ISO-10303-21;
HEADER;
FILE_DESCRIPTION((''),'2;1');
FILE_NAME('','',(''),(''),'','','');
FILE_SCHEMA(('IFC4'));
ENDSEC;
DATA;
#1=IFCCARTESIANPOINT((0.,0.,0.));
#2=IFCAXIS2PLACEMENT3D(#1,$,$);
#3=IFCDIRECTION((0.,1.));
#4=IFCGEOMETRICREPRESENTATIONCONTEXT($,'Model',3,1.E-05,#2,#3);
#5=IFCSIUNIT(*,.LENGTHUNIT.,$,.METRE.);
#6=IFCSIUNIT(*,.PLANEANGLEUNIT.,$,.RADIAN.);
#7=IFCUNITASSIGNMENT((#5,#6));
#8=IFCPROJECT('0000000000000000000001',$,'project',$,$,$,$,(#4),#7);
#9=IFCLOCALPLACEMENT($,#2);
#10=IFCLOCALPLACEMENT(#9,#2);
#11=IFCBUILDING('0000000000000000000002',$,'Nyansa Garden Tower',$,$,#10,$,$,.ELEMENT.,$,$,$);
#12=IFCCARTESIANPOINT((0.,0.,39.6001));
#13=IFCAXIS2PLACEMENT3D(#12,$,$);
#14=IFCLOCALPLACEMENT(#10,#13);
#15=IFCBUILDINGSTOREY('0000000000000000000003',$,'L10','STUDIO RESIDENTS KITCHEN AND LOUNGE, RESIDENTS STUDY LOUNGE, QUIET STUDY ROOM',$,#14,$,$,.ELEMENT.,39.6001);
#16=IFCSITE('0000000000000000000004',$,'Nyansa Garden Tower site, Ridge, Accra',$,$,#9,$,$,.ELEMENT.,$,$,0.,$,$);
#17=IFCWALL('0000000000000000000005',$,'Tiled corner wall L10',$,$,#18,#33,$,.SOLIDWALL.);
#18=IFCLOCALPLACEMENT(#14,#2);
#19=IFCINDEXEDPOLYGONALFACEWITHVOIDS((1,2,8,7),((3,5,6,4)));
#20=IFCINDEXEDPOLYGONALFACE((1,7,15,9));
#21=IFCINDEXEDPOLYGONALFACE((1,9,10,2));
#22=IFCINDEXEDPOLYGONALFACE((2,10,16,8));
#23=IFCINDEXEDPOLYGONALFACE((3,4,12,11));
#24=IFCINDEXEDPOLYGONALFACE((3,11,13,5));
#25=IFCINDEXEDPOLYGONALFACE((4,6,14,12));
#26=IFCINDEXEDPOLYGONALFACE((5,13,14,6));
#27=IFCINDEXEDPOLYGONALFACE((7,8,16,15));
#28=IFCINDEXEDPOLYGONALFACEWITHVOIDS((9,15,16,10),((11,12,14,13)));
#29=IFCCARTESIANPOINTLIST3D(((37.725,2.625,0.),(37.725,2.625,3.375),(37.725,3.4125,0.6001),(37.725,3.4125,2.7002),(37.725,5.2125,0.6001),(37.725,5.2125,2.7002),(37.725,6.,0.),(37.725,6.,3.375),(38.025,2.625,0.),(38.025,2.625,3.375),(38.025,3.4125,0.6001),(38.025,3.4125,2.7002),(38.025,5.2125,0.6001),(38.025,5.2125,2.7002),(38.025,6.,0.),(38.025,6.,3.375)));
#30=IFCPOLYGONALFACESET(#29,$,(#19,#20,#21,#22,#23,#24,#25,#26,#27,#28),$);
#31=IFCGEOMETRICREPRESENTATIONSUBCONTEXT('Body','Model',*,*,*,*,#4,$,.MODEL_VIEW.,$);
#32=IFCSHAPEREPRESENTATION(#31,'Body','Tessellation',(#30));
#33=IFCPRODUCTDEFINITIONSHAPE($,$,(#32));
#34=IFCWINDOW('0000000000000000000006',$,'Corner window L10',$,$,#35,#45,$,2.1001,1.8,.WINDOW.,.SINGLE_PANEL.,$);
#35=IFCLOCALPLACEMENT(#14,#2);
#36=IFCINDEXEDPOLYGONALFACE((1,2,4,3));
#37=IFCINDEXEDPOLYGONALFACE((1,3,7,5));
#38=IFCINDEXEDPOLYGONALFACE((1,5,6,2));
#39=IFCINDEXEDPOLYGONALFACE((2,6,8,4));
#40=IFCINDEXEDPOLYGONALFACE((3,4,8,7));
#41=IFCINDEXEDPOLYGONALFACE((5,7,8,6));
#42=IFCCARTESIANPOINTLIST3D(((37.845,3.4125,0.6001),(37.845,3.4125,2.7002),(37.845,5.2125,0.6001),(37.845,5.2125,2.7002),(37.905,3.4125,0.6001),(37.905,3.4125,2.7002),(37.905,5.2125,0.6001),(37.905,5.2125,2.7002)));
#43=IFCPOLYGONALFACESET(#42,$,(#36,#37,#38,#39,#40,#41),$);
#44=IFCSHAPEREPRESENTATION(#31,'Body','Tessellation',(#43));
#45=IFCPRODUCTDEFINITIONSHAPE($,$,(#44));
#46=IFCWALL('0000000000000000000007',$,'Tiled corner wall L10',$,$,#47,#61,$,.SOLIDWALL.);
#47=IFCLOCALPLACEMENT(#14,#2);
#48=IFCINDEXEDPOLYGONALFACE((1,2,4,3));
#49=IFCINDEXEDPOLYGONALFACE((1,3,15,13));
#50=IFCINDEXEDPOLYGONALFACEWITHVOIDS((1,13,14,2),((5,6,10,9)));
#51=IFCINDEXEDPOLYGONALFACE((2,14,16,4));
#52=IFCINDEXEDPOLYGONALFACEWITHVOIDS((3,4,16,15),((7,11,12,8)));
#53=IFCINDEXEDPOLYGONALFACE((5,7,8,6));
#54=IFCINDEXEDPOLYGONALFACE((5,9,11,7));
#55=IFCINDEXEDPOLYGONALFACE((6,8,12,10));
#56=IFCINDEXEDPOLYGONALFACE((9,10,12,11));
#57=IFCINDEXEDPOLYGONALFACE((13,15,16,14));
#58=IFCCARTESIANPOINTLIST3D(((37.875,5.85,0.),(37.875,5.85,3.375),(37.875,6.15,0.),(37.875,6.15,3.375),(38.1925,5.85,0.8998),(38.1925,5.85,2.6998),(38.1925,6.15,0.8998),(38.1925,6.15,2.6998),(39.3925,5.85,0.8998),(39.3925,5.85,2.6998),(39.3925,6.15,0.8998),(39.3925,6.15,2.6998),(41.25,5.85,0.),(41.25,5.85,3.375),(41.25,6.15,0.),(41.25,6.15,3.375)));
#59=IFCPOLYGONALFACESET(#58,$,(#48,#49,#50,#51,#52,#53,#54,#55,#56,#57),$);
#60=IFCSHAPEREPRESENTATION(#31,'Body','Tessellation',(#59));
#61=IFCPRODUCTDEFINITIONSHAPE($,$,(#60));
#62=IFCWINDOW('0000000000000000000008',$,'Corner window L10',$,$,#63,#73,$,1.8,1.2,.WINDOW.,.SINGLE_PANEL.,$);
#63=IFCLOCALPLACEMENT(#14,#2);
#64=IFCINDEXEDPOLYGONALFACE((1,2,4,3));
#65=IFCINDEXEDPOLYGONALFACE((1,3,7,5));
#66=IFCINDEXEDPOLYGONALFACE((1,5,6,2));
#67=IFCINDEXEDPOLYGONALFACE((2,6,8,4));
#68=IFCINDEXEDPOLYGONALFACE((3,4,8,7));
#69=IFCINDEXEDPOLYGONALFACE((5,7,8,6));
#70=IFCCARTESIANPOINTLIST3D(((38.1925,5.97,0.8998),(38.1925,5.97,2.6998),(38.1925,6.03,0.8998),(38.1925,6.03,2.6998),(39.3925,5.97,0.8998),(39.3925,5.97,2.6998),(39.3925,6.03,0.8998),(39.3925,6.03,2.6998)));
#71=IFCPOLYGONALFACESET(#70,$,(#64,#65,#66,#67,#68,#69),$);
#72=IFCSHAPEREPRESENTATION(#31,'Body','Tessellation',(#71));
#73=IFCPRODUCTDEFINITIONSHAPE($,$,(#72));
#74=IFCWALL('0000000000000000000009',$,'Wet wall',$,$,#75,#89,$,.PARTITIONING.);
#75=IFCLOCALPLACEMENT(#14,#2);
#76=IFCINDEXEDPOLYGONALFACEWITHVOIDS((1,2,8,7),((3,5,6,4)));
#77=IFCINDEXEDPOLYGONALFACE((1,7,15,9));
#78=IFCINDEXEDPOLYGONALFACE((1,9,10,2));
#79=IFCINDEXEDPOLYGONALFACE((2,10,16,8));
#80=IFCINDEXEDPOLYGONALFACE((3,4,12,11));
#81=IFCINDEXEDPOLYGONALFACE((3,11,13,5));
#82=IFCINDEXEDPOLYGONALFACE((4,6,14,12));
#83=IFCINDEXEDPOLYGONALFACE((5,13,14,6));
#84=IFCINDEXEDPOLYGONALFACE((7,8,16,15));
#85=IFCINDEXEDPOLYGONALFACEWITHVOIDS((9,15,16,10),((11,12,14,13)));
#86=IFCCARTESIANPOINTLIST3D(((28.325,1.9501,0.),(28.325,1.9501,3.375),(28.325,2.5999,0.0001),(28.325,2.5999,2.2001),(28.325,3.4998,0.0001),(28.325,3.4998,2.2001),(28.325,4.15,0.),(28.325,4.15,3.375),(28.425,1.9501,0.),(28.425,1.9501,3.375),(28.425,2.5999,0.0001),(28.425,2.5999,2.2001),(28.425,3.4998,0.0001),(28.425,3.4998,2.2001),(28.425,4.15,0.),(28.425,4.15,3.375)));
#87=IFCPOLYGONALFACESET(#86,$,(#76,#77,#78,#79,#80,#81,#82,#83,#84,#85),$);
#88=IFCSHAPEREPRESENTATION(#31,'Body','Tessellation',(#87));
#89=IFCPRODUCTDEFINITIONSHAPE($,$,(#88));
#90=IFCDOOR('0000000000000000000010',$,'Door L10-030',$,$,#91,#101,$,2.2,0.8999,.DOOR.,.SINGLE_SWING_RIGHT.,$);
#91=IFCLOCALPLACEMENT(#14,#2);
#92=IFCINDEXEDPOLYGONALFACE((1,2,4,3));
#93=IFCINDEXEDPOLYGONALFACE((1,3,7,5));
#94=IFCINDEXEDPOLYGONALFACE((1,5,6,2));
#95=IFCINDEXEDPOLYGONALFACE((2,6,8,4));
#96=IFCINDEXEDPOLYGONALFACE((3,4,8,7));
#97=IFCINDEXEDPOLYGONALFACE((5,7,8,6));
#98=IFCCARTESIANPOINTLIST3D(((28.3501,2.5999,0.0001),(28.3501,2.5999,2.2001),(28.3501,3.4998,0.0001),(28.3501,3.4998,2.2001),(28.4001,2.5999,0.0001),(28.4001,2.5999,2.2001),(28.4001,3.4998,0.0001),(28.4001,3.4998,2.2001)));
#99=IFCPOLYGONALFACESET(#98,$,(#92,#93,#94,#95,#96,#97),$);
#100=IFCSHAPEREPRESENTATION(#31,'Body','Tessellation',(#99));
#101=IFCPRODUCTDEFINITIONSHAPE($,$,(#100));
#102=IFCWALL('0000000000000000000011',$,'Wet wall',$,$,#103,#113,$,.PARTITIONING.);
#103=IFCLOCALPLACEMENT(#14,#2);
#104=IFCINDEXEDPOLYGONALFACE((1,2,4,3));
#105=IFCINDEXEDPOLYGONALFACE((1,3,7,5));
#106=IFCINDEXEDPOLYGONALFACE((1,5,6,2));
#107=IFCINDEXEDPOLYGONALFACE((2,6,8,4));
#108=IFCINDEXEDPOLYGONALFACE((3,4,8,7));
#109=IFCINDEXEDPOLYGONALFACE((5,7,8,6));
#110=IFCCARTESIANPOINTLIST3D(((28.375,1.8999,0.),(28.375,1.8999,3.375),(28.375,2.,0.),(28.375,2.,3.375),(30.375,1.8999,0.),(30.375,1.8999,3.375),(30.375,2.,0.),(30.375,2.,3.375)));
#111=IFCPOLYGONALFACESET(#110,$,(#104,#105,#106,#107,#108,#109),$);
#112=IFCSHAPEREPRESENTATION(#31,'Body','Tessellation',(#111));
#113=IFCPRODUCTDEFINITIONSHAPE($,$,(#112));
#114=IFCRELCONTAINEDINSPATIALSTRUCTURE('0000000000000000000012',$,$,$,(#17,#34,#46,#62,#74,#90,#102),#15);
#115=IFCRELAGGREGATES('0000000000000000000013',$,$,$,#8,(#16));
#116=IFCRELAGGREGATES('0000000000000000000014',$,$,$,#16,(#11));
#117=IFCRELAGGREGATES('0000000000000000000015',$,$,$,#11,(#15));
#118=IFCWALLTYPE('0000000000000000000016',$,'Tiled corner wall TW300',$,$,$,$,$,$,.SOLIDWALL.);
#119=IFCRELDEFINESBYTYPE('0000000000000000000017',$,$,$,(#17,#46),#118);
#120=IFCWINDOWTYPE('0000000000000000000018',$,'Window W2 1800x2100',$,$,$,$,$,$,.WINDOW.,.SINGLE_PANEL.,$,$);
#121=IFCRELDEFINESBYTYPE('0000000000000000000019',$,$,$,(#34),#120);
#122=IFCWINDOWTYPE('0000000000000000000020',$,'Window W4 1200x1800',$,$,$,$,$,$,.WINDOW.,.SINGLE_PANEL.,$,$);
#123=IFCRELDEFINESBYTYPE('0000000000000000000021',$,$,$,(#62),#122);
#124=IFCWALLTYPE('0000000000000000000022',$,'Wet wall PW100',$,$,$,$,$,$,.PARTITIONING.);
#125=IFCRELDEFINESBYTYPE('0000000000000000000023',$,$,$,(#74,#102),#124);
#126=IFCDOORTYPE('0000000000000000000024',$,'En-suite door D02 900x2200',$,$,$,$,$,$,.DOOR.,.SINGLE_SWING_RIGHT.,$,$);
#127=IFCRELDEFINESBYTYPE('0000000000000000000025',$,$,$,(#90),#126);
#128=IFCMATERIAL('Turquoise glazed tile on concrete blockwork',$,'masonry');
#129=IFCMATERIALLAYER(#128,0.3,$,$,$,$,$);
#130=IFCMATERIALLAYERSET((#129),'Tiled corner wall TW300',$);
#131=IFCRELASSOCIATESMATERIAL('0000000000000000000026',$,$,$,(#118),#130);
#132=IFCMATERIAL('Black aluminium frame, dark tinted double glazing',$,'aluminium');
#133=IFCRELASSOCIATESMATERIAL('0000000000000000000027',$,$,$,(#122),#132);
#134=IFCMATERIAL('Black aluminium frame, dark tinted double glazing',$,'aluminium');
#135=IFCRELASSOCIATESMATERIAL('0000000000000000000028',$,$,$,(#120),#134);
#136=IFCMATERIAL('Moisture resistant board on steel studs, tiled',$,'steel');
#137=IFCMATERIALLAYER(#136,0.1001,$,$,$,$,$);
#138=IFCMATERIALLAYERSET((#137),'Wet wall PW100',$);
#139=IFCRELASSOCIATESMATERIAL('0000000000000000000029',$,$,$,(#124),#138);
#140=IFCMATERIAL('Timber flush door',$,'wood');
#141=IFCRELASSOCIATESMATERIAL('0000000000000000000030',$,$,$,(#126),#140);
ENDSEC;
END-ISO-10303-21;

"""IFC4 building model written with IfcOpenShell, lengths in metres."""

from ifc_helpers import new_model, si_unit, direction, frame, frame_2d, origin, place, context, subcontext, project, spatial, rectangle, extrude, material, layer, layer_set, type_object, element, fill, save


model = new_model("IFC4")

# Units and contexts
model_context = context("Model", 3, precision=1e-05, world=origin(), true_north=direction((0.0, 1.0)))
body_context = subcontext(model_context, "Body", "Model", "MODEL_VIEW")
ifc_project = project(units=[si_unit("LENGTHUNIT", "METRE"), si_unit("PLANEANGLEUNIT", "RADIAN")], contexts=[model_context])

# Site, building, storey
site_placement = place(None, origin())
site = spatial("IfcSite", under=ifc_project, at=site_placement, Name="Nyansa Garden Tower site, Ridge, Accra", CompositionType="ELEMENT", RefElevation=0.0)
building_placement = place(site_placement, origin())
building = spatial("IfcBuilding", under=site, at=building_placement, Name="Nyansa Garden Tower", CompositionType="ELEMENT")
storey_placement = place(building_placement, frame((0.0, 0.0, 39.6001)))
storey = spatial("IfcBuildingStorey", under=building, at=storey_placement, Name="L10", Description="STUDIO RESIDENTS KITCHEN AND LOUNGE, RESIDENTS STUDY LOUNGE, QUIET STUDY ROOM", CompositionType="ELEMENT", Elevation=39.6001)

# Walls, openings, windows
ifc_material_1 = material(Name="Turquoise glazed tile on concrete blockwork", Category="masonry")
ifc_layer_1 = layer(ifc_material_1, 0.3)
ifc_layer_set_1 = layer_set([ifc_layer_1], Name="Tiled corner wall TW300")
wall_type_1 = type_object("IfcWallType", Name="Tiled corner wall TW300", PredefinedType="SOLIDWALL", material=ifc_layer_set_1)
ifc_material_2 = material(Name="Black aluminium frame, dark tinted double glazing", Category="aluminium")
window_type_1 = type_object("IfcWindowType", Name="Window W4 1200x1800", PartitioningType="SINGLE_PANEL", PredefinedType="WINDOW", material=ifc_material_2)
ifc_material_3 = material(Name="Black aluminium frame, dark tinted double glazing", Category="aluminium")
window_type_2 = type_object("IfcWindowType", Name="Window W2 1800x2100", PartitioningType="SINGLE_PANEL", PredefinedType="WINDOW", material=ifc_material_3)
wall_1_placement = place(storey_placement, frame((37.875, 2.625, 0.0), z_axis=(0.0, 0.0, 1.0), x_axis=(0.0, 1.0, 0.0)))
wall_1 = element("IfcWall", 1, at=wall_1_placement, inside=storey, type_object=wall_type_1, Name="Tiled corner wall L10", PredefinedType="SOLIDWALL", context=body_context, shape_type="SweptSolid", body=[
    extrude(rectangle(XDim=3.375, YDim=0.3, at=frame_2d((1.6875, 0.0))), origin(), (0.0, 0.0, 1.0), 3.375),
])
opening_1_placement = place(wall_1_placement, frame((0.7876, 0.0, 0.6001)))
opening_1 = element("IfcOpeningElement", 2, at=opening_1_placement, cuts=wall_1, PredefinedType="OPENING", context=body_context, shape_type="SweptSolid", body=[
    extrude(rectangle(XDim=1.8, YDim=2.1001, at=frame_2d((0.8999, 1.05))), frame((0.0, 0.1599, 0.0), z_axis=(0.0, -1.0, 0.0), x_axis=(1.0, 0.0, 0.0)), (0.0, 0.0, 1.0), 0.3201),
])
window_1_placement = place(opening_1_placement, origin())
window_1 = element("IfcWindow", 3, at=window_1_placement, inside=storey, type_object=window_type_2, Name="Corner window L10", OverallHeight=2.1001, OverallWidth=1.8, PartitioningType="SINGLE_PANEL", PredefinedType="WINDOW", context=body_context, shape_type="SweptSolid", body=[
    extrude(rectangle(XDim=1.8, YDim=2.1001, at=frame_2d((0.8999, 1.05))), frame((0.0, 0.03, 0.0), z_axis=(0.0, -1.0, 0.0), x_axis=(1.0, 0.0, 0.0)), (0.0, 0.0, 1.0), 0.0601),
])
fill(opening_1, window_1)
wall_2_placement = place(storey_placement, frame((37.875, 6.0, 0.0), z_axis=(0.0, 0.0, 1.0), x_axis=(1.0, 0.0, 0.0)))
wall_2 = element("IfcWall", 4, at=wall_2_placement, inside=storey, type_object=wall_type_1, Name="Tiled corner wall L10", PredefinedType="SOLIDWALL", context=body_context, shape_type="SweptSolid", body=[
    extrude(rectangle(XDim=3.375, YDim=0.3, at=frame_2d((1.6875, 0.0))), origin(), (0.0, 0.0, 1.0), 3.375),
])
opening_2_placement = place(wall_2_placement, frame((0.3174, 0.0, 0.8999)))
opening_2 = element("IfcOpeningElement", 5, at=opening_2_placement, cuts=wall_2, PredefinedType="OPENING", context=body_context, shape_type="SweptSolid", body=[
    extrude(rectangle(XDim=1.2, YDim=1.8, at=frame_2d((0.6001, 0.8999))), frame((0.0, 0.1599, 0.0), z_axis=(0.0, -1.0, 0.0), x_axis=(1.0, 0.0, 0.0)), (0.0, 0.0, 1.0), 0.3201),
])
window_2_placement = place(opening_2_placement, origin())
window_2 = element("IfcWindow", 6, at=window_2_placement, inside=storey, type_object=window_type_1, Name="Corner window L10", OverallHeight=1.8, OverallWidth=1.2, PartitioningType="SINGLE_PANEL", PredefinedType="WINDOW", context=body_context, shape_type="SweptSolid", body=[
    extrude(rectangle(XDim=1.2, YDim=1.8, at=frame_2d((0.6001, 0.8999))), frame((0.0, 0.03, 0.0), z_axis=(0.0, -1.0, 0.0), x_axis=(1.0, 0.0, 0.0)), (0.0, 0.0, 1.0), 0.0601),
])
fill(opening_2, window_2)

# Wall, opening, door
ifc_material_4 = material(Name="Moisture resistant board on steel studs, tiled", Category="steel")
ifc_layer_2 = layer(ifc_material_4, 0.1001)
ifc_layer_set_2 = layer_set([ifc_layer_2], Name="Wet wall PW100")
wall_type_2 = type_object("IfcWallType", Name="Wet wall PW100", PredefinedType="PARTITIONING", material=ifc_layer_set_2)
wall_3_placement = place(storey_placement, frame((28.375, 1.95, 0.0), z_axis=(0.0, 0.0, 1.0), x_axis=(0.0, 1.0, 0.0)))
wall_3 = element("IfcWall", 7, at=wall_3_placement, inside=storey, type_object=wall_type_2, Name="Wet wall", PredefinedType="PARTITIONING", context=body_context, shape_type="SweptSolid", body=[
    extrude(rectangle(XDim=2.2, YDim=0.1001, at=frame_2d((1.1001, 0.0))), origin(), (0.0, 0.0, 1.0), 3.375),
])
opening_3_placement = place(wall_3_placement, frame((0.6499, 0.0, 0.0)))
opening_3 = element("IfcOpeningElement", 8, at=opening_3_placement, cuts=wall_3, PredefinedType="OPENING", context=body_context, shape_type="SweptSolid", body=[
    extrude(rectangle(XDim=0.8999, YDim=2.2, at=frame_2d((0.45, 1.1001))), frame((0.0, 0.0601, 0.0), z_axis=(0.0, -1.0, 0.0), x_axis=(1.0, 0.0, 0.0)), (0.0, 0.0, 1.0), 0.1201),
])
ifc_material_5 = material(Name="Timber flush door", Category="wood")
door_type_1 = type_object("IfcDoorType", Name="En-suite door D02 900x2200", OperationType="SINGLE_SWING_RIGHT", PredefinedType="DOOR", material=ifc_material_5)
door_1_placement = place(opening_3_placement, origin())
door_1 = element("IfcDoor", 9, at=door_1_placement, inside=storey, type_object=door_type_1, Name="Door L10-030", OperationType="SINGLE_SWING_RIGHT", OverallHeight=2.2, OverallWidth=0.8999, PredefinedType="DOOR", context=body_context, shape_type="SweptSolid", body=[
    extrude(rectangle(XDim=0.8999, YDim=2.2, at=frame_2d((0.45, 1.1001))), frame((0.0, 0.0249, 0.0), z_axis=(0.0, -1.0, 0.0), x_axis=(1.0, 0.0, 0.0)), (0.0, 0.0, 1.0), 0.05),
])
fill(opening_3, door_1)

# Wall
wall_4_placement = place(storey_placement, frame((28.375, 1.95, 0.0), z_axis=(0.0, 0.0, 1.0), x_axis=(1.0, 0.0, 0.0)))
element("IfcWall", 10, at=wall_4_placement, inside=storey, type_object=wall_type_2, Name="Wet wall", PredefinedType="PARTITIONING", context=body_context, shape_type="SweptSolid", body=[
    extrude(rectangle(XDim=2.0, YDim=0.1001, at=frame_2d((1.0, 0.0))), origin(), (0.0, 0.0, 1.0), 3.375),
])

save(model, "model.ifc")
